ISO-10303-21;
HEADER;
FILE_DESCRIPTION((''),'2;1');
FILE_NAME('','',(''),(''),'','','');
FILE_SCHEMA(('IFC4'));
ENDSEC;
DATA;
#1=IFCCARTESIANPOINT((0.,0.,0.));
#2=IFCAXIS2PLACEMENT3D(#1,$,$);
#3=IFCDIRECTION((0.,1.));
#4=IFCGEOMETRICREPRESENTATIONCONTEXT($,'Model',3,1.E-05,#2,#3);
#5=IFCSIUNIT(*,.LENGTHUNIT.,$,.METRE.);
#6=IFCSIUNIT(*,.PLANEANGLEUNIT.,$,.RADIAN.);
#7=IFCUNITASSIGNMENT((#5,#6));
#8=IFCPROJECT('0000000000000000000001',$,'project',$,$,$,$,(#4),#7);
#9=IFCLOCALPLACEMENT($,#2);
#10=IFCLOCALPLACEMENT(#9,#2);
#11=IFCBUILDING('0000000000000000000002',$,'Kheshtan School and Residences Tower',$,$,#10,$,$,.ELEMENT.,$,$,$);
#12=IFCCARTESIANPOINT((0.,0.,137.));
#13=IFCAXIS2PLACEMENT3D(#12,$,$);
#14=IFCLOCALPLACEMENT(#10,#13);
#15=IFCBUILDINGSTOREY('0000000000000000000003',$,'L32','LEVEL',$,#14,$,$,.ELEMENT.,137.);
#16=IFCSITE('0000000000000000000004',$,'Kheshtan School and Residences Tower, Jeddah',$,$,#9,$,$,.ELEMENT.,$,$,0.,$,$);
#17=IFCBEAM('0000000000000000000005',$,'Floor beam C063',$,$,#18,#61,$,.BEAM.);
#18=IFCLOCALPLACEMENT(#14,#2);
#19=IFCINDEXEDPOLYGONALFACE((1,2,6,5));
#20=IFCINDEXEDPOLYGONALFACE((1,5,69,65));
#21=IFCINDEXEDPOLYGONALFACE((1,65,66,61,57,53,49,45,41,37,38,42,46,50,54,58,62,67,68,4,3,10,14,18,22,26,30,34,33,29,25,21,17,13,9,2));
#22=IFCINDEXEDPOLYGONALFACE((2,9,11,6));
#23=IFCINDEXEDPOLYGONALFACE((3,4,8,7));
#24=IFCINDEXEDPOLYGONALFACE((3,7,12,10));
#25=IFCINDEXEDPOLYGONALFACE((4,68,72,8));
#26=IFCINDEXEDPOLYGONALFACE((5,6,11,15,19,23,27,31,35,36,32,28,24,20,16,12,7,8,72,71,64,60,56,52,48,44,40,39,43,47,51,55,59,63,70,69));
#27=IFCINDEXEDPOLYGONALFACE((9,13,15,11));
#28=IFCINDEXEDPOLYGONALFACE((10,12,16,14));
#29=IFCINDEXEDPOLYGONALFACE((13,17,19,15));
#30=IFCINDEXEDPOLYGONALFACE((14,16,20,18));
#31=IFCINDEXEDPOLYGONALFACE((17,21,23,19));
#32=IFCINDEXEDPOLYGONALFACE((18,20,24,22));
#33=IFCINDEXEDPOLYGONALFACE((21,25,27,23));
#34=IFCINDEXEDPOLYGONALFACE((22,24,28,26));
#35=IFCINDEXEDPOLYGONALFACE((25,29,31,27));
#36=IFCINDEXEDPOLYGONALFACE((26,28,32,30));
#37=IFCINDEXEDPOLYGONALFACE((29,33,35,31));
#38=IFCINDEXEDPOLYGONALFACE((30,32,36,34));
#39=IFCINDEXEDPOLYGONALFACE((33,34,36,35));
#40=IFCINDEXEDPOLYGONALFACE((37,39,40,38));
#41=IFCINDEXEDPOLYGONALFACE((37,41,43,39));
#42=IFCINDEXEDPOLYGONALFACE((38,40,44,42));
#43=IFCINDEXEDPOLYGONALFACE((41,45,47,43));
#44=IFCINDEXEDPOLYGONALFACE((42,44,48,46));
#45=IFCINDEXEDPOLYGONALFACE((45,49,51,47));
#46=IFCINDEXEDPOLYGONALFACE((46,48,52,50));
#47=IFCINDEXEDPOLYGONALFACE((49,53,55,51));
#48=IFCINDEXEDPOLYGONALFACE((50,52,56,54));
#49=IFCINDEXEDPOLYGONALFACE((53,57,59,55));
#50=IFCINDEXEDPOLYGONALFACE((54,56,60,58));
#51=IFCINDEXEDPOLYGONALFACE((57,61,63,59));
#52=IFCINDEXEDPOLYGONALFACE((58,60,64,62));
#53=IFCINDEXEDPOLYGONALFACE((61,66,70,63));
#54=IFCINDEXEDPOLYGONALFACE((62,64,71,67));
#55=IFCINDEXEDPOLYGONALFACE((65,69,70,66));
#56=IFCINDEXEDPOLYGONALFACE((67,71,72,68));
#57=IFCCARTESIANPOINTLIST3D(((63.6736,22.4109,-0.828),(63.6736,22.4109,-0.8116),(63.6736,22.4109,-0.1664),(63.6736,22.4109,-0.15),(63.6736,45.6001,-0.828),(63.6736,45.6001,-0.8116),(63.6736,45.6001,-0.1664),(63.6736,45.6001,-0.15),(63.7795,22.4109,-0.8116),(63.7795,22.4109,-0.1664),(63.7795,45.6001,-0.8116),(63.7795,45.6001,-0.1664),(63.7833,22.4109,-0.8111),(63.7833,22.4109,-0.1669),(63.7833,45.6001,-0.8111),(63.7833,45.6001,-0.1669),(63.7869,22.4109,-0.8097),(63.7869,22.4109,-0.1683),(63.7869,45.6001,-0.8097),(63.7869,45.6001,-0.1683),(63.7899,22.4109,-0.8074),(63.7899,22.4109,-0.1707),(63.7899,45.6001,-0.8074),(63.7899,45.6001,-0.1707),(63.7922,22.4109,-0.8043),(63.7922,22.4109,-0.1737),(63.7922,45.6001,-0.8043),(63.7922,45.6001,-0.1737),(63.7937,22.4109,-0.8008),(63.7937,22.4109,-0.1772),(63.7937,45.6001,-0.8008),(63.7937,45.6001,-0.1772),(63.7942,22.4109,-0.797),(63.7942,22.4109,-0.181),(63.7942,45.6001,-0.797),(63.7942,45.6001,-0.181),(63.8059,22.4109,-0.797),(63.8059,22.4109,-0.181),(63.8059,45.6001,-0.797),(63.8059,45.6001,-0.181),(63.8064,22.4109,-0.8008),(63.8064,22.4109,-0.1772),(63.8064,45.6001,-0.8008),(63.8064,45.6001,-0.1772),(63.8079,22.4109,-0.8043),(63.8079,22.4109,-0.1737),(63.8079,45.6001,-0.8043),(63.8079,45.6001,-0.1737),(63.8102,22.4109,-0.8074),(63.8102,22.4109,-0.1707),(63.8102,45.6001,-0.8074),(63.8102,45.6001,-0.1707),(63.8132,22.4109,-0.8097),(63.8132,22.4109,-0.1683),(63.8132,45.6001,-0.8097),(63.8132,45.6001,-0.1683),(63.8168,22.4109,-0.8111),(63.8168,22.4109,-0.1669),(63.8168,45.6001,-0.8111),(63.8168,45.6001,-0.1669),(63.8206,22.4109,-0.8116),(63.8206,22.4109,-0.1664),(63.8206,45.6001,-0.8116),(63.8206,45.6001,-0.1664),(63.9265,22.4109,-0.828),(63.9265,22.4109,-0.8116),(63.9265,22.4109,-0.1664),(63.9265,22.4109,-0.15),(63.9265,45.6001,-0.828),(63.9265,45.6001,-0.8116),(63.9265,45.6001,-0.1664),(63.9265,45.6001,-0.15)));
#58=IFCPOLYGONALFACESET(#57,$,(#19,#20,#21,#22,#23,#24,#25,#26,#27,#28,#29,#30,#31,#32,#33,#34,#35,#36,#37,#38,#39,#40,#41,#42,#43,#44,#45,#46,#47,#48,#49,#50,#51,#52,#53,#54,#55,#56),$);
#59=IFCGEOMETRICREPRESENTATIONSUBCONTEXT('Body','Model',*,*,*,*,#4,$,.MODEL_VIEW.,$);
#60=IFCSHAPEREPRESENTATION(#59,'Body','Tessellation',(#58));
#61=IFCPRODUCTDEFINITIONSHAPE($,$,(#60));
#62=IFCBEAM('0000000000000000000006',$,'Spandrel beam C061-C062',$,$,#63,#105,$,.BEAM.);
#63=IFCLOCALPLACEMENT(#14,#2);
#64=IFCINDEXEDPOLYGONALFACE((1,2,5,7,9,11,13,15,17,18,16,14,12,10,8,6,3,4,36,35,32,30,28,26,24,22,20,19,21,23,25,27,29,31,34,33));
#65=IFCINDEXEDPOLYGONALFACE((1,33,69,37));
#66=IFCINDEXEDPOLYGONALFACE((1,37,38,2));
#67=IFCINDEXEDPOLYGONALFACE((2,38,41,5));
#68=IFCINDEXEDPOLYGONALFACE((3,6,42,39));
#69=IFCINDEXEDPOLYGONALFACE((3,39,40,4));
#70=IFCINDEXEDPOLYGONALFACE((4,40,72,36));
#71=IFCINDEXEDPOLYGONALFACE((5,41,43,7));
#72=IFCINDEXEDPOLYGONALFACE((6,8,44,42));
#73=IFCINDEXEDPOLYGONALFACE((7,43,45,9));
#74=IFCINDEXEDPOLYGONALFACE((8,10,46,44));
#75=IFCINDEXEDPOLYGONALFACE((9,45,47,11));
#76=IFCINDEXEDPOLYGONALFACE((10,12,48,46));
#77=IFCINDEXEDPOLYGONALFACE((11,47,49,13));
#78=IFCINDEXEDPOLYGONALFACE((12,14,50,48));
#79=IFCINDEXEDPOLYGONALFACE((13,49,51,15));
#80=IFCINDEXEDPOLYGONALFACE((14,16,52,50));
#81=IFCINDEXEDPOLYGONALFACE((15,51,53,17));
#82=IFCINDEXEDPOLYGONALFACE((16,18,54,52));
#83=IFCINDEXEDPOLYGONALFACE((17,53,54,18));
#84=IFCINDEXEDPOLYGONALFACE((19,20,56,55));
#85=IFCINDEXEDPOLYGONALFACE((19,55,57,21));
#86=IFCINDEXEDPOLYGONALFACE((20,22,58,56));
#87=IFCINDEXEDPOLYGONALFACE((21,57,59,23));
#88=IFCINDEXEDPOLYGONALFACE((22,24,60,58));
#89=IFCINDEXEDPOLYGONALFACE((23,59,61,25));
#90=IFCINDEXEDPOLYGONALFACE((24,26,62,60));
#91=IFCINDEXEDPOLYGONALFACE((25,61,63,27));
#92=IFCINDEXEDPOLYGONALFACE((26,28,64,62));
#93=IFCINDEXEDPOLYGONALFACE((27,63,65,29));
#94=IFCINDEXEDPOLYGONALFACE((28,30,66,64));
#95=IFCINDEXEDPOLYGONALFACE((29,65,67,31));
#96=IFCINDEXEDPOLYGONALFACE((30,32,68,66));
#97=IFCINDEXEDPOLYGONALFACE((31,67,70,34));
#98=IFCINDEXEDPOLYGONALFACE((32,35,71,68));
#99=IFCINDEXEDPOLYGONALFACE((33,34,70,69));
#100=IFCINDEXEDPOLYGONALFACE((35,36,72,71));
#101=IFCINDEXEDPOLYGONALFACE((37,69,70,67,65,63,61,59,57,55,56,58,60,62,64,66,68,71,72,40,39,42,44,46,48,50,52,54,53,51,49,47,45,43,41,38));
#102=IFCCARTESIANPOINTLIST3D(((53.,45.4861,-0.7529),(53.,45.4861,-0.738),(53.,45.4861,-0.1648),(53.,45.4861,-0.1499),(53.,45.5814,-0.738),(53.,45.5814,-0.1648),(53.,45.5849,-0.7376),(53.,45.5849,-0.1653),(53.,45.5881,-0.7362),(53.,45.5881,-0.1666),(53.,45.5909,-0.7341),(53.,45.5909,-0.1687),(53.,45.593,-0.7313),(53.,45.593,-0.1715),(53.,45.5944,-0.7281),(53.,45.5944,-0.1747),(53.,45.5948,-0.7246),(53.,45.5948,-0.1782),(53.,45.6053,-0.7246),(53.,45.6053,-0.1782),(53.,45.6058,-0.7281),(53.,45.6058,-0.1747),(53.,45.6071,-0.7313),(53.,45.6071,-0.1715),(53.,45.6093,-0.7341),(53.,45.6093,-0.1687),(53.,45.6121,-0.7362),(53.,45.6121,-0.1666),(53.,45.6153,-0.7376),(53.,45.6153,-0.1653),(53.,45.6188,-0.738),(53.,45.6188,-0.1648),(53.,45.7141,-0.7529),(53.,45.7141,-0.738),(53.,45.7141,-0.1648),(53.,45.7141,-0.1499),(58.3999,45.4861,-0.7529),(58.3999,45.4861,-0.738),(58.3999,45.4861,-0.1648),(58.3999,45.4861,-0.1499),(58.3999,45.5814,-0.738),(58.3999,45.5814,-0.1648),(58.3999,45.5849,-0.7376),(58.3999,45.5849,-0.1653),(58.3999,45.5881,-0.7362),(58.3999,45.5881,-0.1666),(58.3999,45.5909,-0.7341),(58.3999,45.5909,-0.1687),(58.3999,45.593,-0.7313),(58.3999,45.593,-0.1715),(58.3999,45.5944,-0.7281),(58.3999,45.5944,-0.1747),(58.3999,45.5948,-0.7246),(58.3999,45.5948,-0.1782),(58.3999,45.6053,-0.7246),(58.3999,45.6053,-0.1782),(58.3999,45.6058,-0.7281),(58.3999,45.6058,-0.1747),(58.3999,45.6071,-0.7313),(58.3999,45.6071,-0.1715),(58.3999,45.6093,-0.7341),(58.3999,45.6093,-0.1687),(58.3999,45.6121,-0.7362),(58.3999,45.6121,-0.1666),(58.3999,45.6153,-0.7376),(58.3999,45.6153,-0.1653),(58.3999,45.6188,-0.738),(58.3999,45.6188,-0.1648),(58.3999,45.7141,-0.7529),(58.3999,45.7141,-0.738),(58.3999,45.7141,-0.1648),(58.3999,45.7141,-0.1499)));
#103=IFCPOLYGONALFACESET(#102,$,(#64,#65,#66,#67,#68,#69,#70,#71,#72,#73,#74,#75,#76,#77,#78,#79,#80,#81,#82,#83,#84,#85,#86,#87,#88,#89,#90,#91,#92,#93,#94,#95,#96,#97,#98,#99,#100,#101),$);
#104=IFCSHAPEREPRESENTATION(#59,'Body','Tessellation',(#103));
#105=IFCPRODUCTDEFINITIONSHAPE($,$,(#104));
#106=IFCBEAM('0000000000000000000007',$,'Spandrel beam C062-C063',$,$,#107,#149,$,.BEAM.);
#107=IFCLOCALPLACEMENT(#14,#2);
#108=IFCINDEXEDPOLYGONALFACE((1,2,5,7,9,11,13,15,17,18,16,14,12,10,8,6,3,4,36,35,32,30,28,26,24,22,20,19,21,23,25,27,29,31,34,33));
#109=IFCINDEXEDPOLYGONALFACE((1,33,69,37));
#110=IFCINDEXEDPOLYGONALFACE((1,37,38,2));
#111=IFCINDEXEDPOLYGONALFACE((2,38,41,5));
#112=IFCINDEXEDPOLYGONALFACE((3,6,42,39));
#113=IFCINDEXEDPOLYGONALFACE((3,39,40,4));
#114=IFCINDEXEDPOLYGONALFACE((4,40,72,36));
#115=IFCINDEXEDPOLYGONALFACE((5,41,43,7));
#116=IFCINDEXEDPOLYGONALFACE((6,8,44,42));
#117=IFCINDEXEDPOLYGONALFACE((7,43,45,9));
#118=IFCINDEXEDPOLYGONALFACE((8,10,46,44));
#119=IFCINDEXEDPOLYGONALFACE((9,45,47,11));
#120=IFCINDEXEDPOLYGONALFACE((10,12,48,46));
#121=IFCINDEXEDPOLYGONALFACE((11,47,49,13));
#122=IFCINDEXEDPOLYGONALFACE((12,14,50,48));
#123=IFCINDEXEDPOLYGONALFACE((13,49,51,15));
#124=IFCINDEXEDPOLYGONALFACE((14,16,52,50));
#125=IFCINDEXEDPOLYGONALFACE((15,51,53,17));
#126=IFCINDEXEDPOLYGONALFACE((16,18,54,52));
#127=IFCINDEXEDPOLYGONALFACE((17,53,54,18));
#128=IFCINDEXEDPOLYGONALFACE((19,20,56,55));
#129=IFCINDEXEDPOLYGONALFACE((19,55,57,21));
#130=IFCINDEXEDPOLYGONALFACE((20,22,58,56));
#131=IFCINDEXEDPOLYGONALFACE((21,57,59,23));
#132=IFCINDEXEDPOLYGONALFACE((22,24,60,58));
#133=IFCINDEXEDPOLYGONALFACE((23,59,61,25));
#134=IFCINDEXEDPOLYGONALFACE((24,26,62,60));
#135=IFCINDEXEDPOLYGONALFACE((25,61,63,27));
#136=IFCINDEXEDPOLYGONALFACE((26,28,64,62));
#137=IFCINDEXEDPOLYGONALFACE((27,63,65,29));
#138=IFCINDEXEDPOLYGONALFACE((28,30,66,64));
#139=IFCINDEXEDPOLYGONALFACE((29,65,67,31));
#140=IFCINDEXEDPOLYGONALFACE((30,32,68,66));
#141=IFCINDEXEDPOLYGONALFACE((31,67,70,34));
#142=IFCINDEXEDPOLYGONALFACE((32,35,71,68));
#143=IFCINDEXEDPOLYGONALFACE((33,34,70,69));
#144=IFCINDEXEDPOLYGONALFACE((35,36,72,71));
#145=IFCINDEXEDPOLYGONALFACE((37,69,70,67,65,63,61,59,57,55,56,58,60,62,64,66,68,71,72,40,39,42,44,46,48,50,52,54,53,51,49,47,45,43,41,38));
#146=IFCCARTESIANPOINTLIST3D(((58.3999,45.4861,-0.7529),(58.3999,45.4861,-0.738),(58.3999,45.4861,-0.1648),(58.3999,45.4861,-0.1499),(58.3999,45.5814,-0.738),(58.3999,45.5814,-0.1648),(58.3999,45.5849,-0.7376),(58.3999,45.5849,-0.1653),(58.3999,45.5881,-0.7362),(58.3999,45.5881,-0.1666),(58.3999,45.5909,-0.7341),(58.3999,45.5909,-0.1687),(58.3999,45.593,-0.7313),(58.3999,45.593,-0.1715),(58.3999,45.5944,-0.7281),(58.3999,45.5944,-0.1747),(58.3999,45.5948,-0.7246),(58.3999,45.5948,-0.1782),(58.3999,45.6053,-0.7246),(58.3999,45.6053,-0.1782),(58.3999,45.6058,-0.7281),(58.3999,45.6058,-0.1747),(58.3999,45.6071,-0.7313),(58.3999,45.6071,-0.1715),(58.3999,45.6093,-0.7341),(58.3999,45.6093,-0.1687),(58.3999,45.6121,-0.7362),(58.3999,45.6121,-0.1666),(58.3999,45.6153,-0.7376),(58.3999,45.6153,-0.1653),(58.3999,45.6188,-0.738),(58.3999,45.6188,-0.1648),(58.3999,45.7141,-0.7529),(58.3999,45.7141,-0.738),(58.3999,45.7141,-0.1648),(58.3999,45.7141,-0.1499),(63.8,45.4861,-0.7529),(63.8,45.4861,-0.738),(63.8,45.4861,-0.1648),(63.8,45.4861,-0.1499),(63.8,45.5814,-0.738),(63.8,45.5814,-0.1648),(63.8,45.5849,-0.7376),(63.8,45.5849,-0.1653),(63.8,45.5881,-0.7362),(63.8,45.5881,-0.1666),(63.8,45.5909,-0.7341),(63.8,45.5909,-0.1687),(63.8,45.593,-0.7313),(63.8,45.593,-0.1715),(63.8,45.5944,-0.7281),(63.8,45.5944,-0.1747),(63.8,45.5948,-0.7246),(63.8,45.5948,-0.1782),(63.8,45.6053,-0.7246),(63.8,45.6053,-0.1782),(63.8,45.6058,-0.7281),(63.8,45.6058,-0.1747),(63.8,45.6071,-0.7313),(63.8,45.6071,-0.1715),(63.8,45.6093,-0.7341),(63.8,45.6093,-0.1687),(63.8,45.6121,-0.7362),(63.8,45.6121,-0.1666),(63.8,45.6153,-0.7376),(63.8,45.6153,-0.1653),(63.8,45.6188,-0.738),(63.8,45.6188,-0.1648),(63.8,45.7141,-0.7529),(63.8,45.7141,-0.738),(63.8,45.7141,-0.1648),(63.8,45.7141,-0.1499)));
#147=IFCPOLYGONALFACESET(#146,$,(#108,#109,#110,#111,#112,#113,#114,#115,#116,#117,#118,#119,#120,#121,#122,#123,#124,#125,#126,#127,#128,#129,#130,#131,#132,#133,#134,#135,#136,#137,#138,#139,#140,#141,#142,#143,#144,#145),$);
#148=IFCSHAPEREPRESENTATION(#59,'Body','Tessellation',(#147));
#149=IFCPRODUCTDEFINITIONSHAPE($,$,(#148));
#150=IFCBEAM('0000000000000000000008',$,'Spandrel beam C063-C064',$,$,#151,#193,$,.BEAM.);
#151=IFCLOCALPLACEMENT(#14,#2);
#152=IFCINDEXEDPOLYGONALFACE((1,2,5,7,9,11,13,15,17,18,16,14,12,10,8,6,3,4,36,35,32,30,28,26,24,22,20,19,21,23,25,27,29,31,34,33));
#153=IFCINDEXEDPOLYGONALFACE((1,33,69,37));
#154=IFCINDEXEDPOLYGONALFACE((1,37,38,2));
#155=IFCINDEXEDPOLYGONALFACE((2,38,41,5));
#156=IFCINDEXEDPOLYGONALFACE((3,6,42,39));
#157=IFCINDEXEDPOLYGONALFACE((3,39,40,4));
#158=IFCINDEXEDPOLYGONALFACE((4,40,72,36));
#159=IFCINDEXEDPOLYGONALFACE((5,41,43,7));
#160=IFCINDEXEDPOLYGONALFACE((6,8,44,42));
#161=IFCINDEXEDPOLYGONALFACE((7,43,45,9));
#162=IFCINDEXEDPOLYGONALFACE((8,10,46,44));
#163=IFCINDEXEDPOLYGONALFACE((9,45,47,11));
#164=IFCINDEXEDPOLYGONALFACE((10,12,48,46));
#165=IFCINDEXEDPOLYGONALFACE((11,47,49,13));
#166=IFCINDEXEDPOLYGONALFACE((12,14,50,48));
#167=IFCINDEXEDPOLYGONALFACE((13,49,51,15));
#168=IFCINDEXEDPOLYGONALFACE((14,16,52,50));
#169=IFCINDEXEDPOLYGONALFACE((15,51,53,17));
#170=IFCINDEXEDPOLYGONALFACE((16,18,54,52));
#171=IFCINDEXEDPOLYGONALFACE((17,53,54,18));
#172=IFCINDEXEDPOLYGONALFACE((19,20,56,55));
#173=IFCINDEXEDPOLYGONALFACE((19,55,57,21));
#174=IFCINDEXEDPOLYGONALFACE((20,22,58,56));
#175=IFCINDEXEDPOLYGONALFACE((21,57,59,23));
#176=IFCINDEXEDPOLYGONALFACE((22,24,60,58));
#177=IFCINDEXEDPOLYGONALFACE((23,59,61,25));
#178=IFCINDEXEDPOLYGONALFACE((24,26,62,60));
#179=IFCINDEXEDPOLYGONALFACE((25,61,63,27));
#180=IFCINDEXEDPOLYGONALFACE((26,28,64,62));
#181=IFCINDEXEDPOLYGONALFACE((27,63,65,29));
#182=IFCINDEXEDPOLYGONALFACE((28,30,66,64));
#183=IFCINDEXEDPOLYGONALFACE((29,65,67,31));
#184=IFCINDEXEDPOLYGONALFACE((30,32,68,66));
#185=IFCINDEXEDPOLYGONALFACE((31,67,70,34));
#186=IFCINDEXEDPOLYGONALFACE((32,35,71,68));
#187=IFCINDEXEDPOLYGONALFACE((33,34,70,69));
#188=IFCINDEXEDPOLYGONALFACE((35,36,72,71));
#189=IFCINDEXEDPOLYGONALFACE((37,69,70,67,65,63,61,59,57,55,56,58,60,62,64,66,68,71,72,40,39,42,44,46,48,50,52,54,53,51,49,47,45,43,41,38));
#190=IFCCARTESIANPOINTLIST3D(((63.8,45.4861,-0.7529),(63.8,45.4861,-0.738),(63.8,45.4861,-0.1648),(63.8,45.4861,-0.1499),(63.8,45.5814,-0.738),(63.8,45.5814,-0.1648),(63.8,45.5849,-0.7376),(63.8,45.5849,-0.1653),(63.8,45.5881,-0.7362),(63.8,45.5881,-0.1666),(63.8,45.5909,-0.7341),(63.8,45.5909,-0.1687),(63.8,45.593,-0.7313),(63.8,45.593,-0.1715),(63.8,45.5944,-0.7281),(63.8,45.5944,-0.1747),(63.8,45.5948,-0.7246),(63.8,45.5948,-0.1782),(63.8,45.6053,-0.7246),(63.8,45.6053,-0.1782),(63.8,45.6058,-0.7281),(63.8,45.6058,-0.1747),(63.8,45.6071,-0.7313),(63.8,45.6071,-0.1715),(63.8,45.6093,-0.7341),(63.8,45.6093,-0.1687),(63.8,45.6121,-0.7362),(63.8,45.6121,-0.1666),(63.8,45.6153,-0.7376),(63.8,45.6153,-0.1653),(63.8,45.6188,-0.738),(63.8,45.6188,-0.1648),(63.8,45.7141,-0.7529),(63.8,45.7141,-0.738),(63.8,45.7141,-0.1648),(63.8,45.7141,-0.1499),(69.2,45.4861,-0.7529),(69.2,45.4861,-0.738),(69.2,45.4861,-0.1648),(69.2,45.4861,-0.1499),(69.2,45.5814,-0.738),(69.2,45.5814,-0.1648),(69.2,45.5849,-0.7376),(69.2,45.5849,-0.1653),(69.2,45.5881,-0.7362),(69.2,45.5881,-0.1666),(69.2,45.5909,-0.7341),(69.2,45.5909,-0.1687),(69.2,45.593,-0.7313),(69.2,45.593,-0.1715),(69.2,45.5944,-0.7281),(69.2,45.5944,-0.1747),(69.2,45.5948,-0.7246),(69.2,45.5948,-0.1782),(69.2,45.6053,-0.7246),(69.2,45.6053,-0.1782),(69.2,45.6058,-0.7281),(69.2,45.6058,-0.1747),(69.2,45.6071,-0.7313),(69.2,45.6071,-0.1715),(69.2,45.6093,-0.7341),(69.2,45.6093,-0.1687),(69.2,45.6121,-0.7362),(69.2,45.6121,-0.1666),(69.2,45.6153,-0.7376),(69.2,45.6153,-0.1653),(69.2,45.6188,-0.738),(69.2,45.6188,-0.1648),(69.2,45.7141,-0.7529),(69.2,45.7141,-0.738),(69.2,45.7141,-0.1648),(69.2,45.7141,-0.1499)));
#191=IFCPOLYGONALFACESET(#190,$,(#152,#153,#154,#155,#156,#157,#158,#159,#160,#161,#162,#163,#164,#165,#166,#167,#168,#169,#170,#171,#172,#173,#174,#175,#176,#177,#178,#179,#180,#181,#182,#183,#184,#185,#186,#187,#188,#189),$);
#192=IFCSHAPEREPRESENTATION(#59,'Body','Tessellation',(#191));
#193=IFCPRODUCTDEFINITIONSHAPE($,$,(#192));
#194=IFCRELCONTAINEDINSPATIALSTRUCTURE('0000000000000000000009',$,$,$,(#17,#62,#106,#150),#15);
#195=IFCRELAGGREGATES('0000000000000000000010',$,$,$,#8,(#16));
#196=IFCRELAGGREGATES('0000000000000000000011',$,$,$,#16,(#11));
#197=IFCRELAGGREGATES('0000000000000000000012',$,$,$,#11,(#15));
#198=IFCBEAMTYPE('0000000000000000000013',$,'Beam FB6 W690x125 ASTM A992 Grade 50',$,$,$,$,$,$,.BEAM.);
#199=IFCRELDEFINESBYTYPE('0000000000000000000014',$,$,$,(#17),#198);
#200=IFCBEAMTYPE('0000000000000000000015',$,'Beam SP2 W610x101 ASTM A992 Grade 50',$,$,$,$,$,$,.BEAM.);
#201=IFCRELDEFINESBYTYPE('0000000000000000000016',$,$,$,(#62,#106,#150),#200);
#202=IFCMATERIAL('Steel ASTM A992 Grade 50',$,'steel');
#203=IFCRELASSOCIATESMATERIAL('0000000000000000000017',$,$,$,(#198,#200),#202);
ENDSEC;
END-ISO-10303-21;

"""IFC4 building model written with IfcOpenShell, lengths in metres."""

from ifc_helpers import new_model, si_unit, direction, frame, origin, origin_2d, place, context, subcontext, project, spatial, i_section, extrude, material, material_profile, profile_set, type_object, element, save


model = new_model("IFC4")

# Units and contexts
model_context = context("Model", 3, precision=1e-05, world=origin(), true_north=direction((0.0, 1.0)))
body_context = subcontext(model_context, "Body", "Model", "MODEL_VIEW")
ifc_project = project(units=[si_unit("LENGTHUNIT", "METRE"), si_unit("PLANEANGLEUNIT", "RADIAN")], contexts=[model_context])

# Site, building, storey
site_placement = place(None, origin())
site = spatial("IfcSite", under=ifc_project, at=site_placement, Name="Kheshtan School and Residences Tower, Jeddah", CompositionType="ELEMENT", RefElevation=0.0)
building_placement = place(site_placement, origin())
building = spatial("IfcBuilding", under=site, at=building_placement, Name="Kheshtan School and Residences Tower", CompositionType="ELEMENT")
storey_placement = place(building_placement, frame((0.0, 0.0, 137.0)))
storey = spatial("IfcBuildingStorey", under=building, at=storey_placement, Name="L32", Description="LEVEL", CompositionType="ELEMENT", Elevation=137.0)

# Shared definitions
ifc_material_1 = material(Name="Steel ASTM A992 Grade 50", Category="steel")

# Beams
ifc_material_profile_1 = material_profile(ifc_material_1, i_section(OverallWidth=0.2529, OverallDepth=0.678, WebThickness=0.0117, FlangeThickness=0.0164, FilletRadius=0.0146, at=origin_2d()), Name="W690x125")
ifc_profile_set_1 = profile_set([ifc_material_profile_1], Name="Steel ASTM A992 Grade 50")
beam_type_1 = type_object("IfcBeamType", Name="Beam FB6 W690x125 ASTM A992 Grade 50", PredefinedType="BEAM", material=ifc_profile_set_1)
beam_1_placement = place(storey_placement, frame((63.8, 45.6001, -0.489), z_axis=(0.0, -1.0, 0.0), x_axis=(1.0, 0.0, 0.0)))
element("IfcBeam", 1, at=beam_1_placement, inside=storey, type_object=beam_type_1, Name="Floor beam C063", PredefinedType="BEAM", context=body_context, shape_type="SweptSolid", body=[
    extrude(i_section(OverallWidth=0.2529, OverallDepth=0.678, WebThickness=0.0117, FlangeThickness=0.0164, FilletRadius=0.0146, at=origin_2d()), origin(), (0.0, 0.0, 1.0), 23.1892),
])
ifc_material_profile_2 = material_profile(ifc_material_1, i_section(OverallWidth=0.228, OverallDepth=0.603, WebThickness=0.0105, FlangeThickness=0.0149, FilletRadius=0.0134, at=origin_2d()), Name="W610x101")
ifc_profile_set_2 = profile_set([ifc_material_profile_2], Name="Steel ASTM A992 Grade 50")
beam_type_2 = type_object("IfcBeamType", Name="Beam SP2 W610x101 ASTM A992 Grade 50", PredefinedType="BEAM", material=ifc_profile_set_2)
beam_2_placement = place(storey_placement, frame((53.0, 45.6001, -0.4514), z_axis=(1.0, 0.0, 0.0), x_axis=(0.0, 1.0, 0.0)))
element("IfcBeam", 2, at=beam_2_placement, inside=storey, type_object=beam_type_2, Name="Spandrel beam C061-C062", PredefinedType="BEAM", context=body_context, shape_type="SweptSolid", body=[
    extrude(i_section(OverallWidth=0.228, OverallDepth=0.603, WebThickness=0.0105, FlangeThickness=0.0149, FilletRadius=0.0134, at=origin_2d()), origin(), (0.0, 0.0, 1.0), 5.3999),
])
beam_3_placement = place(storey_placement, frame((58.3999, 45.6001, -0.4514), z_axis=(1.0, 0.0, 0.0), x_axis=(0.0, 1.0, 0.0)))
element("IfcBeam", 3, at=beam_3_placement, inside=storey, type_object=beam_type_2, Name="Spandrel beam C062-C063", PredefinedType="BEAM", context=body_context, shape_type="SweptSolid", body=[
    extrude(i_section(OverallWidth=0.228, OverallDepth=0.603, WebThickness=0.0105, FlangeThickness=0.0149, FilletRadius=0.0134, at=origin_2d()), origin(), (0.0, 0.0, 1.0), 5.4001),
])
beam_4_placement = place(storey_placement, frame((63.8, 45.6001, -0.4514), z_axis=(1.0, 0.0, 0.0), x_axis=(0.0, 1.0, 0.0)))
element("IfcBeam", 4, at=beam_4_placement, inside=storey, type_object=beam_type_2, Name="Spandrel beam C063-C064", PredefinedType="BEAM", context=body_context, shape_type="SweptSolid", body=[
    extrude(i_section(OverallWidth=0.228, OverallDepth=0.603, WebThickness=0.0105, FlangeThickness=0.0149, FilletRadius=0.0134, at=origin_2d()), origin(), (0.0, 0.0, 1.0), 5.3999),
])

save(model, "model.ifc")
